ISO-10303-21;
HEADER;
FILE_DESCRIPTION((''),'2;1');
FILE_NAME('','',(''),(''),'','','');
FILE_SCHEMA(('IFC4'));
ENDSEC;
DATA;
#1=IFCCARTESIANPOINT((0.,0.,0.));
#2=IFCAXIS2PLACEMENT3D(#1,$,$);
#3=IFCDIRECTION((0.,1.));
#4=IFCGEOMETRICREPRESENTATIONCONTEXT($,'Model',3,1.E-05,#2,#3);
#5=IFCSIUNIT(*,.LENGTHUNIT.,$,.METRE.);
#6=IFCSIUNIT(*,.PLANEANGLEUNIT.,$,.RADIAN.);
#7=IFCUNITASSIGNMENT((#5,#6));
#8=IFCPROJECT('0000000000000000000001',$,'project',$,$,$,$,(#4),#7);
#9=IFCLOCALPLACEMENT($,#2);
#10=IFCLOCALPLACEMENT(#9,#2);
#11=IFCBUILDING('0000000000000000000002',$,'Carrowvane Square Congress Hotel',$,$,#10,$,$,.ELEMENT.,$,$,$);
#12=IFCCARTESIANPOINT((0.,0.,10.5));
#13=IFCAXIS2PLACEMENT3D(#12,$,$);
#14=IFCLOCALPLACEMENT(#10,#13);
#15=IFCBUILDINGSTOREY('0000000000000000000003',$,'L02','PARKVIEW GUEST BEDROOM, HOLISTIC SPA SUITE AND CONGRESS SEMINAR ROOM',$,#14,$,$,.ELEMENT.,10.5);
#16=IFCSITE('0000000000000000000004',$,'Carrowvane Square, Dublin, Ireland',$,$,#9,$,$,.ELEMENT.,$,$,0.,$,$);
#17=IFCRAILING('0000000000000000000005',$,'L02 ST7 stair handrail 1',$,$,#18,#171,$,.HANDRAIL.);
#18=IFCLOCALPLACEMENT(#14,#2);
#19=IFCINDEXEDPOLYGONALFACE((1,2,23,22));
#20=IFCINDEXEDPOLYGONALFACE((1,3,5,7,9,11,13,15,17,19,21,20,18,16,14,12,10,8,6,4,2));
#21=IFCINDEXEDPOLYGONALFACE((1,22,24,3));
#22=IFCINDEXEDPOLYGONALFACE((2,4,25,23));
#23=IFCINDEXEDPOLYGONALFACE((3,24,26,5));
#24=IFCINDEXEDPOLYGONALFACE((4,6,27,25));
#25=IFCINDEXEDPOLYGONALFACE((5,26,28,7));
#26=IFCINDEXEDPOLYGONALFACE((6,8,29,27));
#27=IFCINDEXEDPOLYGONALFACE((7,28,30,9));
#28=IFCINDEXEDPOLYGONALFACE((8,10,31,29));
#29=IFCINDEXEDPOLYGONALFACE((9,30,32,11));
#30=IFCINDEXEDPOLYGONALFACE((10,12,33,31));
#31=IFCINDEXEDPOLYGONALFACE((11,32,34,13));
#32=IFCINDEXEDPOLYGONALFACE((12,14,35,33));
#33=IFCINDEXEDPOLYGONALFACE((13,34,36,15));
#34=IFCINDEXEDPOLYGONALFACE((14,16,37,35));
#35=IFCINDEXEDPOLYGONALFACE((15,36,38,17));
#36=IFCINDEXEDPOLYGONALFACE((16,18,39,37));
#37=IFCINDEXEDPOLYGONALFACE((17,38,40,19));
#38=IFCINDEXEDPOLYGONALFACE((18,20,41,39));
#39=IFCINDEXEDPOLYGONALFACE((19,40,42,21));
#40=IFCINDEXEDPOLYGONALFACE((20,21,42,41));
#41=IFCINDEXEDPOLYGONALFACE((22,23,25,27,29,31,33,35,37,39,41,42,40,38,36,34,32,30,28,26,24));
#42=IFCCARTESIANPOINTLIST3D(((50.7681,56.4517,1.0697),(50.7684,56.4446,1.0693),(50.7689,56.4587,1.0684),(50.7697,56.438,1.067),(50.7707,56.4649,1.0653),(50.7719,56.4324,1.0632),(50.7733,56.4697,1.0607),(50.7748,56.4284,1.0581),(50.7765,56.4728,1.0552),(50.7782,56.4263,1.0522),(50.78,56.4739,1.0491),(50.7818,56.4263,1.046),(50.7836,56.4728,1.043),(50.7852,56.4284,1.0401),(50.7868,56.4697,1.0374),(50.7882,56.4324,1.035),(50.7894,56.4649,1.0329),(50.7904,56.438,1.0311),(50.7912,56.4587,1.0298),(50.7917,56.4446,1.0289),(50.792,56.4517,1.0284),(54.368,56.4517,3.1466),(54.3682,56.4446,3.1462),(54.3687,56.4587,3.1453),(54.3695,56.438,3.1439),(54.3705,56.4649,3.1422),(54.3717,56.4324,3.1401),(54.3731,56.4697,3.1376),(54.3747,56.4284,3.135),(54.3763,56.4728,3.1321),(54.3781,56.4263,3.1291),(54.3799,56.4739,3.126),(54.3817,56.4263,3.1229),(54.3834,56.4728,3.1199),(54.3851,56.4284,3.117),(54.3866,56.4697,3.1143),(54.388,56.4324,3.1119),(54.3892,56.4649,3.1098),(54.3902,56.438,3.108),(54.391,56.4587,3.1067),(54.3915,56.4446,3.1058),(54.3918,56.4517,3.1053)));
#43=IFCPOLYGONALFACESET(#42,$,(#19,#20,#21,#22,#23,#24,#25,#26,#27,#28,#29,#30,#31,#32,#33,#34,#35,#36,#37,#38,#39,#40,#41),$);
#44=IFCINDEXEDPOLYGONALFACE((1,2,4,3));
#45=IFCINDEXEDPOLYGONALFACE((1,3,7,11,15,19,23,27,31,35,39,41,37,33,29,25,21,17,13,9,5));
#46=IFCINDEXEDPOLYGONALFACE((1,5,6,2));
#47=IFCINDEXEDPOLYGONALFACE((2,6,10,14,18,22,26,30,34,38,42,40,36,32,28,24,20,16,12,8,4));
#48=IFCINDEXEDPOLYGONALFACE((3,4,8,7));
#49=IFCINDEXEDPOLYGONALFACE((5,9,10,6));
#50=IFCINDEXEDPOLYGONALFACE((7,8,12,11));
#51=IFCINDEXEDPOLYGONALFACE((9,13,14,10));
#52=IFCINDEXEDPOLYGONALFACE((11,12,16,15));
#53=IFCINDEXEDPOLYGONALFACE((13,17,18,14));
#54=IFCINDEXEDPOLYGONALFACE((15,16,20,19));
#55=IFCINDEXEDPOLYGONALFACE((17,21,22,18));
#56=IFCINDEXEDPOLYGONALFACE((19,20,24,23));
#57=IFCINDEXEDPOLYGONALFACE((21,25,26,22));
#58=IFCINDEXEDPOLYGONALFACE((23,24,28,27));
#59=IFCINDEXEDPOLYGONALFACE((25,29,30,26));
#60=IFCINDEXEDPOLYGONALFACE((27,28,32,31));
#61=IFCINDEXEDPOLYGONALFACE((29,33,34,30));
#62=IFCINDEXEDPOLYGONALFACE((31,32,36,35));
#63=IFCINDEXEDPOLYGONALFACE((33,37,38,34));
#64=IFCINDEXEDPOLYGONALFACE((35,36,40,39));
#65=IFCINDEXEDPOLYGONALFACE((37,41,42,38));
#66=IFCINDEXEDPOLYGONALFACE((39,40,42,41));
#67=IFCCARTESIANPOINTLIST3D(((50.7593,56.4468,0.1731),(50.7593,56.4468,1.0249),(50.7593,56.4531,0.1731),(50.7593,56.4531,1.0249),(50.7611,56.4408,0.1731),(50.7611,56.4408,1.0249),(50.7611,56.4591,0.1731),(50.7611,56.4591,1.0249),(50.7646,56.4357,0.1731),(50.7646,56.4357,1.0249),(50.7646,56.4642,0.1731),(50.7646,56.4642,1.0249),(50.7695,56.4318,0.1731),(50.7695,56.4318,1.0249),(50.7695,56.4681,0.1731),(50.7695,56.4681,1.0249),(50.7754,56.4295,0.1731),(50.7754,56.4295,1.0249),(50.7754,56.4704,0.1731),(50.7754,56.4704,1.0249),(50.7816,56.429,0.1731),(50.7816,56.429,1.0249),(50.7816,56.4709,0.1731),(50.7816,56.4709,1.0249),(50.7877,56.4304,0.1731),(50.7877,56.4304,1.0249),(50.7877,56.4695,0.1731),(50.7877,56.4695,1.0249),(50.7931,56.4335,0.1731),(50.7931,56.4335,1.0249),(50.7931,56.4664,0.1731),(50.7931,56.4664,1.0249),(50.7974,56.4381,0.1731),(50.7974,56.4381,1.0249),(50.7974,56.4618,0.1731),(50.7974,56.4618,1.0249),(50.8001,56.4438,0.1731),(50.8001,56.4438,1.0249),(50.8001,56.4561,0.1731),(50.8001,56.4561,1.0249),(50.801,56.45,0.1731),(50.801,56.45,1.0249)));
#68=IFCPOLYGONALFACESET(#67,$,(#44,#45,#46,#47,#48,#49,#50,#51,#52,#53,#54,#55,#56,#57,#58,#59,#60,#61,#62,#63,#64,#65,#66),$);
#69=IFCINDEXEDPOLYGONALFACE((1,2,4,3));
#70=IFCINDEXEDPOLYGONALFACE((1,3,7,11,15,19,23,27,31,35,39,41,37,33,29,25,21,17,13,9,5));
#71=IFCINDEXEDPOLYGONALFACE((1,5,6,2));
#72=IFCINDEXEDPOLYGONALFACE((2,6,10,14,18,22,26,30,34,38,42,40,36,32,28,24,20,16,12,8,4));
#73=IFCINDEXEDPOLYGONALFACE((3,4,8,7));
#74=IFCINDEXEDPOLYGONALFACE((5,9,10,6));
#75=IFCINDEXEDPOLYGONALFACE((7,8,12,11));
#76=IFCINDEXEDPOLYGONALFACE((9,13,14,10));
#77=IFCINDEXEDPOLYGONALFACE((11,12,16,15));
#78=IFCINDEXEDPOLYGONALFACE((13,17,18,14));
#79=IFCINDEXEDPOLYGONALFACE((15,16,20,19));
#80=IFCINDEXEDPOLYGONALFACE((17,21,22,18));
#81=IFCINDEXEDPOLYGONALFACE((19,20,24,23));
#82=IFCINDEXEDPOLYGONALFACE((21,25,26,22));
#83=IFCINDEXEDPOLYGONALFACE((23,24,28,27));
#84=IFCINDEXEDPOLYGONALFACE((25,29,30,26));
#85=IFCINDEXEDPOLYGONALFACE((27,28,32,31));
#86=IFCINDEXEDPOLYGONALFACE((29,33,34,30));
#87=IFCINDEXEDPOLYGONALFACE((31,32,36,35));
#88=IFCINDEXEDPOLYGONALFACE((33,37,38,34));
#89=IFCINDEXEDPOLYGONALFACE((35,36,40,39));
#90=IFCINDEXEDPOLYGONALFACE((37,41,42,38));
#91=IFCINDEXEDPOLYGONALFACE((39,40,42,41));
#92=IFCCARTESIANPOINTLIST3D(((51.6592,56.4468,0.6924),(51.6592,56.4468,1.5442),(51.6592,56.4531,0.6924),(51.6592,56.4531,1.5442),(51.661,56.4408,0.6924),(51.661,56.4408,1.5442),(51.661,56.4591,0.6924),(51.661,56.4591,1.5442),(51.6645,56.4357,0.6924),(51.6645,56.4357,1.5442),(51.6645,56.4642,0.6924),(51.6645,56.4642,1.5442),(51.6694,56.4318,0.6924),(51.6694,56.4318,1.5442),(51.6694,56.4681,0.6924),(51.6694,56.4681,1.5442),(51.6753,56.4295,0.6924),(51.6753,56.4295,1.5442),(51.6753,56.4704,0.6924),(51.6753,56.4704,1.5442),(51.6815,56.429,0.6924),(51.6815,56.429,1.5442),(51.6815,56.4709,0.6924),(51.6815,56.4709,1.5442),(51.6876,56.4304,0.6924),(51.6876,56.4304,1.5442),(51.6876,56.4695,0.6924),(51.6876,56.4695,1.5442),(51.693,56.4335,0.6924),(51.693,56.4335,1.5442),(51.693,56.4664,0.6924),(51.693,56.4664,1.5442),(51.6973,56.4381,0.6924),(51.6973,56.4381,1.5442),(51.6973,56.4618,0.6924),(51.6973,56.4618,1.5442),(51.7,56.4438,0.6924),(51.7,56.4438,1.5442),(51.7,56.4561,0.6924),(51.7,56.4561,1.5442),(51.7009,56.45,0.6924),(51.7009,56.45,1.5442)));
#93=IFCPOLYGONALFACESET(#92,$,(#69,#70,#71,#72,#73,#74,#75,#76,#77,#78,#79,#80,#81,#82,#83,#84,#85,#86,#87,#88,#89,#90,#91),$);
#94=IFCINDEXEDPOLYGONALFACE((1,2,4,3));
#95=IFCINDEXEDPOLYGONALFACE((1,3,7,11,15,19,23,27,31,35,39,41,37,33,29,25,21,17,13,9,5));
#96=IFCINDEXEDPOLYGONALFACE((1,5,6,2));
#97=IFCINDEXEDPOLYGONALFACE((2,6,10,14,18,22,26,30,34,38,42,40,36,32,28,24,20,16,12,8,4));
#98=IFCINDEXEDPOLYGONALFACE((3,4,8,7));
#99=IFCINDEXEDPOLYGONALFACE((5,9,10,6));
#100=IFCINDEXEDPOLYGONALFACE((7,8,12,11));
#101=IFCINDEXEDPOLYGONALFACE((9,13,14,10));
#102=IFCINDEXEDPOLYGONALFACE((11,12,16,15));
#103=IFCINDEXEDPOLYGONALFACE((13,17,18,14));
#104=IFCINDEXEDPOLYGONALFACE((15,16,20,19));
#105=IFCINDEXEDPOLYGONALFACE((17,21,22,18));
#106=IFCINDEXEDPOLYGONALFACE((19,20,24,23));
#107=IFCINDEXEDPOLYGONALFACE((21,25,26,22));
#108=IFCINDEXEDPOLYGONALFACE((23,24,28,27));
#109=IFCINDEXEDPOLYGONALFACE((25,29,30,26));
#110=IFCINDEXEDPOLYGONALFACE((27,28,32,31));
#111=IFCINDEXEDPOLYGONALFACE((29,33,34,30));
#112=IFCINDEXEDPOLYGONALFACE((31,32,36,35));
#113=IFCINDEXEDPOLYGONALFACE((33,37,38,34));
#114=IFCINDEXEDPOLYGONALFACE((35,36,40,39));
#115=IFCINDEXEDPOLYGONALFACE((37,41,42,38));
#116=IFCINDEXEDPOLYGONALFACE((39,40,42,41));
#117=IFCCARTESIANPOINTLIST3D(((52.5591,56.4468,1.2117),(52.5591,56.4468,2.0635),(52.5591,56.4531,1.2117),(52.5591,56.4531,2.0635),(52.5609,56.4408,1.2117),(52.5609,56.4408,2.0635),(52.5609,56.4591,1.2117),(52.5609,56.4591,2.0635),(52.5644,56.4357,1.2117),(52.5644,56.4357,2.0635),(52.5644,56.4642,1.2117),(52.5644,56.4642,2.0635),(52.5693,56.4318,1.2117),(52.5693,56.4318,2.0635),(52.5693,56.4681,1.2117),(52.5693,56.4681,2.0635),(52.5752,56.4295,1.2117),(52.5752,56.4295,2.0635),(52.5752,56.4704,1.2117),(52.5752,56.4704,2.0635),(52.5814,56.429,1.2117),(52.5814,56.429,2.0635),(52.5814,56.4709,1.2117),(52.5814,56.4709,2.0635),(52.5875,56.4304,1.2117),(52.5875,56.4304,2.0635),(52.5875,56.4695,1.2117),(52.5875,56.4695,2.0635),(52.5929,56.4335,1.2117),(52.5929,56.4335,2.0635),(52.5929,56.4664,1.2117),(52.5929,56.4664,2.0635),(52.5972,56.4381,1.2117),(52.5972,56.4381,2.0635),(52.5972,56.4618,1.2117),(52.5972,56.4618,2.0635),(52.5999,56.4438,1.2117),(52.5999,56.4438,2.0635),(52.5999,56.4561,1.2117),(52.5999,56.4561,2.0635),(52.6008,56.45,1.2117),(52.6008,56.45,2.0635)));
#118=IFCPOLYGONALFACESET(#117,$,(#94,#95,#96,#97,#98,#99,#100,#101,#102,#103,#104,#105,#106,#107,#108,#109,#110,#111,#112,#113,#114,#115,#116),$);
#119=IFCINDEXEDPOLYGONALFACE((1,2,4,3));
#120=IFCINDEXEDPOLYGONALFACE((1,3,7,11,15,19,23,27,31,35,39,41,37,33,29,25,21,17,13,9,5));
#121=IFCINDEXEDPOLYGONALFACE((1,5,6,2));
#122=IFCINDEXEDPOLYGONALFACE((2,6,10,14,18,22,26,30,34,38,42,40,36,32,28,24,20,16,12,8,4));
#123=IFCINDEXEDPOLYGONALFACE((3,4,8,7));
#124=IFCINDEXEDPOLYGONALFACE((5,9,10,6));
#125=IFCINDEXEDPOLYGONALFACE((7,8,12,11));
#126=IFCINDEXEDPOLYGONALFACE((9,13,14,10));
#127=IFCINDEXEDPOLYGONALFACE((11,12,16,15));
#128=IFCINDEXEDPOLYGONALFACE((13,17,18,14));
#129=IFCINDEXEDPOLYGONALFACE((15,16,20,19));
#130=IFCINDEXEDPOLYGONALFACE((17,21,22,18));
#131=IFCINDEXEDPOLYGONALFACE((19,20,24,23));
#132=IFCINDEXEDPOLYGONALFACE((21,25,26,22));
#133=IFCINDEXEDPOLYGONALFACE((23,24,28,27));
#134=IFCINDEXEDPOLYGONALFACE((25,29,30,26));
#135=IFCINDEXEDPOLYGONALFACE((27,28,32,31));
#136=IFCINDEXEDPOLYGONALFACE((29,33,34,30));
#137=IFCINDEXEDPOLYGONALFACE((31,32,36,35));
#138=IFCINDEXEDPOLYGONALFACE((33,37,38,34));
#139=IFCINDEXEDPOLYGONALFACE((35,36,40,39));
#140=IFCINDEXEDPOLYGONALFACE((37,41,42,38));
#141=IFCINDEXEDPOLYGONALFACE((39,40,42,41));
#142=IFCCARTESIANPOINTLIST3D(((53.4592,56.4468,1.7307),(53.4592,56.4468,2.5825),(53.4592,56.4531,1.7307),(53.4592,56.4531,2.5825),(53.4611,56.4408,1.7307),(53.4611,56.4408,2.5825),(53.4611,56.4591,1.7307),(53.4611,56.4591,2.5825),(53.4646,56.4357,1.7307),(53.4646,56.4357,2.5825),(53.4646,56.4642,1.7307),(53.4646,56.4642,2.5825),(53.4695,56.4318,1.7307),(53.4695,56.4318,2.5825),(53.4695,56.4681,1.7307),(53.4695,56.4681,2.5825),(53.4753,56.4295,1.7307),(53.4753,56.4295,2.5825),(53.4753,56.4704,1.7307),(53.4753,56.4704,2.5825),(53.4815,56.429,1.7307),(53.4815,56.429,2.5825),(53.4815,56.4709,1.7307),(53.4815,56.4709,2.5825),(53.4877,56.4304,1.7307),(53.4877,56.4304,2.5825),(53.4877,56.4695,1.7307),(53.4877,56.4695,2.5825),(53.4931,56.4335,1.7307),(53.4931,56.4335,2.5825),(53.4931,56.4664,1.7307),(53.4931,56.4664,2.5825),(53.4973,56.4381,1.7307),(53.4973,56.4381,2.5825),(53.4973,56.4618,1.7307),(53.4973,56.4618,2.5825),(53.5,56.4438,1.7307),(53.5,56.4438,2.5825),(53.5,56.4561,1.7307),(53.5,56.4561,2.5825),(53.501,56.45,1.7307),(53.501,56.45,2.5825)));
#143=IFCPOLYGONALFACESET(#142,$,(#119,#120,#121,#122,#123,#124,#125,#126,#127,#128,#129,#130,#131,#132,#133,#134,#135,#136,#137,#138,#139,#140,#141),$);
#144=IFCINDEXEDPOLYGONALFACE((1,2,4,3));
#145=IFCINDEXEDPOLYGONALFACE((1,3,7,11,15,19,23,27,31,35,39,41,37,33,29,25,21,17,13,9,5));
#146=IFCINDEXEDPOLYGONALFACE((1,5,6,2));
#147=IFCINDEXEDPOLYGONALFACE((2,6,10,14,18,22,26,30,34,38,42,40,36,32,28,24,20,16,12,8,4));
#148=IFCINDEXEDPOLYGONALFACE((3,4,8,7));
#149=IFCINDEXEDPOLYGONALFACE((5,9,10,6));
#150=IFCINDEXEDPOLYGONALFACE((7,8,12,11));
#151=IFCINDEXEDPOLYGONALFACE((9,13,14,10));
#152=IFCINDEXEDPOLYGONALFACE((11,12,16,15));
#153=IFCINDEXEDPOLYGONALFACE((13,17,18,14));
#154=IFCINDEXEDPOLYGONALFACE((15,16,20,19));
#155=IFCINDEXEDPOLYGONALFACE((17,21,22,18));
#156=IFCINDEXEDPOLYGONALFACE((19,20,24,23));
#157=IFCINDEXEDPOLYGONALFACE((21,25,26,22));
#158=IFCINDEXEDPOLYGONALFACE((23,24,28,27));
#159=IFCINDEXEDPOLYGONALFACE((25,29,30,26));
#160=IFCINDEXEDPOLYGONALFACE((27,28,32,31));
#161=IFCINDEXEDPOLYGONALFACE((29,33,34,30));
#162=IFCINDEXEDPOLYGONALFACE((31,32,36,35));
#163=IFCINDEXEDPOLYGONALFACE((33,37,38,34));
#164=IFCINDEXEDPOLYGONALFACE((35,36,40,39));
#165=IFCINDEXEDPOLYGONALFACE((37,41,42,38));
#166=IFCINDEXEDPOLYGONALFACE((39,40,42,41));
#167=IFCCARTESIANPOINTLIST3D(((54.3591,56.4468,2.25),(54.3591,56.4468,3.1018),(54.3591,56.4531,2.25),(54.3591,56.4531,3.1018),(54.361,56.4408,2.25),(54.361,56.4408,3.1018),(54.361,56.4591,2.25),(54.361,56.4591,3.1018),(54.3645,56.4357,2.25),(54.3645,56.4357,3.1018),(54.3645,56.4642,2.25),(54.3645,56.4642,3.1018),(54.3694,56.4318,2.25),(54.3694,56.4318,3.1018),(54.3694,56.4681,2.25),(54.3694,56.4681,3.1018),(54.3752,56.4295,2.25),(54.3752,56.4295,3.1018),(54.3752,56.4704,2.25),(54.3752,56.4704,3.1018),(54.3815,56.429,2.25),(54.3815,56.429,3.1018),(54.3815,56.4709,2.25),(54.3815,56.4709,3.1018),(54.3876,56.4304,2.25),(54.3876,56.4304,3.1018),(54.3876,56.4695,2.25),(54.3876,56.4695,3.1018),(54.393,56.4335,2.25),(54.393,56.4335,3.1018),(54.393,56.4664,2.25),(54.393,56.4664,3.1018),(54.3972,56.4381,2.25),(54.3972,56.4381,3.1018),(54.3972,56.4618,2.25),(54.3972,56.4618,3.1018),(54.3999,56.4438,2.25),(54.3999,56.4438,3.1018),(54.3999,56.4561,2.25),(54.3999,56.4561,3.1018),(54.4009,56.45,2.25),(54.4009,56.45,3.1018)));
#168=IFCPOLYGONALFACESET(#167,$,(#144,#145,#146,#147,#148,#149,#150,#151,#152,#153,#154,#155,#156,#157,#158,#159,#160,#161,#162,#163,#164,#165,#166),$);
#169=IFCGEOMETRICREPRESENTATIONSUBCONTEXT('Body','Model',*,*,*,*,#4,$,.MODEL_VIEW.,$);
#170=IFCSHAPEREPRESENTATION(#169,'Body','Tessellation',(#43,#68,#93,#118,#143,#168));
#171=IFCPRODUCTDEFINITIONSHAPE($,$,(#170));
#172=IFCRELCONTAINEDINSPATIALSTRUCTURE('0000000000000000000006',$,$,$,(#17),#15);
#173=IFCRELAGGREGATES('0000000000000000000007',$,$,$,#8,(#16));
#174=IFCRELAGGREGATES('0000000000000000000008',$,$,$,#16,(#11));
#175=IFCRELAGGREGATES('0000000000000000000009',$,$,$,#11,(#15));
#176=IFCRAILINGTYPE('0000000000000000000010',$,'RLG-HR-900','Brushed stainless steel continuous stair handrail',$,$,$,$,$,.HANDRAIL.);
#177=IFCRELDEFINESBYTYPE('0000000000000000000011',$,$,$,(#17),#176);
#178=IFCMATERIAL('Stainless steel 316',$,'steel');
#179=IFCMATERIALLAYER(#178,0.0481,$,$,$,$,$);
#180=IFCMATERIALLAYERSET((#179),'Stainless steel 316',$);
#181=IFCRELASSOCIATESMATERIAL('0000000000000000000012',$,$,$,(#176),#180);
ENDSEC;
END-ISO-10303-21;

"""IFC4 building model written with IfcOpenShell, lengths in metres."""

from ifc_helpers import new_model, si_unit, direction, frame, origin, origin_2d, place, context, subcontext, project, spatial, circle, extrude, material, layer, layer_set, type_object, element, save


model = new_model("IFC4")

# Units and contexts
model_context = context("Model", 3, precision=1e-05, world=origin(), true_north=direction((0.0, 1.0)))
body_context = subcontext(model_context, "Body", "Model", "MODEL_VIEW")
ifc_project = project(units=[si_unit("LENGTHUNIT", "METRE"), si_unit("PLANEANGLEUNIT", "RADIAN")], contexts=[model_context])

# Site, building, storey
site_placement = place(None, origin())
site = spatial("IfcSite", under=ifc_project, at=site_placement, Name="Carrowvane Square, Dublin, Ireland", CompositionType="ELEMENT", RefElevation=0.0)
building_placement = place(site_placement, origin())
building = spatial("IfcBuilding", under=site, at=building_placement, Name="Carrowvane Square Congress Hotel", CompositionType="ELEMENT")
storey_placement = place(building_placement, frame((0.0, 0.0, 10.5)))
storey = spatial("IfcBuildingStorey", under=building, at=storey_placement, Name="L02", Description="PARKVIEW GUEST BEDROOM, HOLISTIC SPA SUITE AND CONGRESS SEMINAR ROOM", CompositionType="ELEMENT", Elevation=10.5)

# Railing
ifc_material_1 = material(Name="Stainless steel 316", Category="steel")
ifc_layer_1 = layer(ifc_material_1, 0.0481)
ifc_layer_set_1 = layer_set([ifc_layer_1], Name="Stainless steel 316")
railing_type_1 = type_object("IfcRailingType", Name="RLG-HR-900", Description="Brushed stainless steel continuous stair handrail", PredefinedType="HANDRAIL", material=ifc_layer_set_1)
railing_1_placement = place(storey_placement, frame((50.78, 56.45, 0.1731)))
element("IfcRailing", 1, at=railing_1_placement, inside=storey, type_object=railing_type_1, Name="L02 ST7 stair handrail 1", PredefinedType="HANDRAIL", context=body_context, shape_type="SweptSolid", body=[
    extrude(circle(Radius=0.0239, at=origin_2d()), frame((0.0, 0.0, 0.876), z_axis=(0.866179, 0.0, 0.499734), x_axis=(0.0, 1.0, 0.0)), (0.0, 0.0, 1.0), 4.156),
    extrude(circle(Radius=0.021, at=origin_2d()), origin(), (0.0, 0.0, 1.0), 0.8518),
    extrude(circle(Radius=0.021, at=origin_2d()), frame((0.8999, 0.0, 0.5193)), (0.0, 0.0, 1.0), 0.8518),
    extrude(circle(Radius=0.021, at=origin_2d()), frame((1.7998, 0.0, 1.0386)), (0.0, 0.0, 1.0), 0.8518),
    extrude(circle(Radius=0.021, at=origin_2d()), frame((2.7, 0.0, 1.5576)), (0.0, 0.0, 1.0), 0.8518),
    extrude(circle(Radius=0.021, at=origin_2d()), frame((3.5999, 0.0, 2.0769)), (0.0, 0.0, 1.0), 0.8518),
])

save(model, "model.ifc")
